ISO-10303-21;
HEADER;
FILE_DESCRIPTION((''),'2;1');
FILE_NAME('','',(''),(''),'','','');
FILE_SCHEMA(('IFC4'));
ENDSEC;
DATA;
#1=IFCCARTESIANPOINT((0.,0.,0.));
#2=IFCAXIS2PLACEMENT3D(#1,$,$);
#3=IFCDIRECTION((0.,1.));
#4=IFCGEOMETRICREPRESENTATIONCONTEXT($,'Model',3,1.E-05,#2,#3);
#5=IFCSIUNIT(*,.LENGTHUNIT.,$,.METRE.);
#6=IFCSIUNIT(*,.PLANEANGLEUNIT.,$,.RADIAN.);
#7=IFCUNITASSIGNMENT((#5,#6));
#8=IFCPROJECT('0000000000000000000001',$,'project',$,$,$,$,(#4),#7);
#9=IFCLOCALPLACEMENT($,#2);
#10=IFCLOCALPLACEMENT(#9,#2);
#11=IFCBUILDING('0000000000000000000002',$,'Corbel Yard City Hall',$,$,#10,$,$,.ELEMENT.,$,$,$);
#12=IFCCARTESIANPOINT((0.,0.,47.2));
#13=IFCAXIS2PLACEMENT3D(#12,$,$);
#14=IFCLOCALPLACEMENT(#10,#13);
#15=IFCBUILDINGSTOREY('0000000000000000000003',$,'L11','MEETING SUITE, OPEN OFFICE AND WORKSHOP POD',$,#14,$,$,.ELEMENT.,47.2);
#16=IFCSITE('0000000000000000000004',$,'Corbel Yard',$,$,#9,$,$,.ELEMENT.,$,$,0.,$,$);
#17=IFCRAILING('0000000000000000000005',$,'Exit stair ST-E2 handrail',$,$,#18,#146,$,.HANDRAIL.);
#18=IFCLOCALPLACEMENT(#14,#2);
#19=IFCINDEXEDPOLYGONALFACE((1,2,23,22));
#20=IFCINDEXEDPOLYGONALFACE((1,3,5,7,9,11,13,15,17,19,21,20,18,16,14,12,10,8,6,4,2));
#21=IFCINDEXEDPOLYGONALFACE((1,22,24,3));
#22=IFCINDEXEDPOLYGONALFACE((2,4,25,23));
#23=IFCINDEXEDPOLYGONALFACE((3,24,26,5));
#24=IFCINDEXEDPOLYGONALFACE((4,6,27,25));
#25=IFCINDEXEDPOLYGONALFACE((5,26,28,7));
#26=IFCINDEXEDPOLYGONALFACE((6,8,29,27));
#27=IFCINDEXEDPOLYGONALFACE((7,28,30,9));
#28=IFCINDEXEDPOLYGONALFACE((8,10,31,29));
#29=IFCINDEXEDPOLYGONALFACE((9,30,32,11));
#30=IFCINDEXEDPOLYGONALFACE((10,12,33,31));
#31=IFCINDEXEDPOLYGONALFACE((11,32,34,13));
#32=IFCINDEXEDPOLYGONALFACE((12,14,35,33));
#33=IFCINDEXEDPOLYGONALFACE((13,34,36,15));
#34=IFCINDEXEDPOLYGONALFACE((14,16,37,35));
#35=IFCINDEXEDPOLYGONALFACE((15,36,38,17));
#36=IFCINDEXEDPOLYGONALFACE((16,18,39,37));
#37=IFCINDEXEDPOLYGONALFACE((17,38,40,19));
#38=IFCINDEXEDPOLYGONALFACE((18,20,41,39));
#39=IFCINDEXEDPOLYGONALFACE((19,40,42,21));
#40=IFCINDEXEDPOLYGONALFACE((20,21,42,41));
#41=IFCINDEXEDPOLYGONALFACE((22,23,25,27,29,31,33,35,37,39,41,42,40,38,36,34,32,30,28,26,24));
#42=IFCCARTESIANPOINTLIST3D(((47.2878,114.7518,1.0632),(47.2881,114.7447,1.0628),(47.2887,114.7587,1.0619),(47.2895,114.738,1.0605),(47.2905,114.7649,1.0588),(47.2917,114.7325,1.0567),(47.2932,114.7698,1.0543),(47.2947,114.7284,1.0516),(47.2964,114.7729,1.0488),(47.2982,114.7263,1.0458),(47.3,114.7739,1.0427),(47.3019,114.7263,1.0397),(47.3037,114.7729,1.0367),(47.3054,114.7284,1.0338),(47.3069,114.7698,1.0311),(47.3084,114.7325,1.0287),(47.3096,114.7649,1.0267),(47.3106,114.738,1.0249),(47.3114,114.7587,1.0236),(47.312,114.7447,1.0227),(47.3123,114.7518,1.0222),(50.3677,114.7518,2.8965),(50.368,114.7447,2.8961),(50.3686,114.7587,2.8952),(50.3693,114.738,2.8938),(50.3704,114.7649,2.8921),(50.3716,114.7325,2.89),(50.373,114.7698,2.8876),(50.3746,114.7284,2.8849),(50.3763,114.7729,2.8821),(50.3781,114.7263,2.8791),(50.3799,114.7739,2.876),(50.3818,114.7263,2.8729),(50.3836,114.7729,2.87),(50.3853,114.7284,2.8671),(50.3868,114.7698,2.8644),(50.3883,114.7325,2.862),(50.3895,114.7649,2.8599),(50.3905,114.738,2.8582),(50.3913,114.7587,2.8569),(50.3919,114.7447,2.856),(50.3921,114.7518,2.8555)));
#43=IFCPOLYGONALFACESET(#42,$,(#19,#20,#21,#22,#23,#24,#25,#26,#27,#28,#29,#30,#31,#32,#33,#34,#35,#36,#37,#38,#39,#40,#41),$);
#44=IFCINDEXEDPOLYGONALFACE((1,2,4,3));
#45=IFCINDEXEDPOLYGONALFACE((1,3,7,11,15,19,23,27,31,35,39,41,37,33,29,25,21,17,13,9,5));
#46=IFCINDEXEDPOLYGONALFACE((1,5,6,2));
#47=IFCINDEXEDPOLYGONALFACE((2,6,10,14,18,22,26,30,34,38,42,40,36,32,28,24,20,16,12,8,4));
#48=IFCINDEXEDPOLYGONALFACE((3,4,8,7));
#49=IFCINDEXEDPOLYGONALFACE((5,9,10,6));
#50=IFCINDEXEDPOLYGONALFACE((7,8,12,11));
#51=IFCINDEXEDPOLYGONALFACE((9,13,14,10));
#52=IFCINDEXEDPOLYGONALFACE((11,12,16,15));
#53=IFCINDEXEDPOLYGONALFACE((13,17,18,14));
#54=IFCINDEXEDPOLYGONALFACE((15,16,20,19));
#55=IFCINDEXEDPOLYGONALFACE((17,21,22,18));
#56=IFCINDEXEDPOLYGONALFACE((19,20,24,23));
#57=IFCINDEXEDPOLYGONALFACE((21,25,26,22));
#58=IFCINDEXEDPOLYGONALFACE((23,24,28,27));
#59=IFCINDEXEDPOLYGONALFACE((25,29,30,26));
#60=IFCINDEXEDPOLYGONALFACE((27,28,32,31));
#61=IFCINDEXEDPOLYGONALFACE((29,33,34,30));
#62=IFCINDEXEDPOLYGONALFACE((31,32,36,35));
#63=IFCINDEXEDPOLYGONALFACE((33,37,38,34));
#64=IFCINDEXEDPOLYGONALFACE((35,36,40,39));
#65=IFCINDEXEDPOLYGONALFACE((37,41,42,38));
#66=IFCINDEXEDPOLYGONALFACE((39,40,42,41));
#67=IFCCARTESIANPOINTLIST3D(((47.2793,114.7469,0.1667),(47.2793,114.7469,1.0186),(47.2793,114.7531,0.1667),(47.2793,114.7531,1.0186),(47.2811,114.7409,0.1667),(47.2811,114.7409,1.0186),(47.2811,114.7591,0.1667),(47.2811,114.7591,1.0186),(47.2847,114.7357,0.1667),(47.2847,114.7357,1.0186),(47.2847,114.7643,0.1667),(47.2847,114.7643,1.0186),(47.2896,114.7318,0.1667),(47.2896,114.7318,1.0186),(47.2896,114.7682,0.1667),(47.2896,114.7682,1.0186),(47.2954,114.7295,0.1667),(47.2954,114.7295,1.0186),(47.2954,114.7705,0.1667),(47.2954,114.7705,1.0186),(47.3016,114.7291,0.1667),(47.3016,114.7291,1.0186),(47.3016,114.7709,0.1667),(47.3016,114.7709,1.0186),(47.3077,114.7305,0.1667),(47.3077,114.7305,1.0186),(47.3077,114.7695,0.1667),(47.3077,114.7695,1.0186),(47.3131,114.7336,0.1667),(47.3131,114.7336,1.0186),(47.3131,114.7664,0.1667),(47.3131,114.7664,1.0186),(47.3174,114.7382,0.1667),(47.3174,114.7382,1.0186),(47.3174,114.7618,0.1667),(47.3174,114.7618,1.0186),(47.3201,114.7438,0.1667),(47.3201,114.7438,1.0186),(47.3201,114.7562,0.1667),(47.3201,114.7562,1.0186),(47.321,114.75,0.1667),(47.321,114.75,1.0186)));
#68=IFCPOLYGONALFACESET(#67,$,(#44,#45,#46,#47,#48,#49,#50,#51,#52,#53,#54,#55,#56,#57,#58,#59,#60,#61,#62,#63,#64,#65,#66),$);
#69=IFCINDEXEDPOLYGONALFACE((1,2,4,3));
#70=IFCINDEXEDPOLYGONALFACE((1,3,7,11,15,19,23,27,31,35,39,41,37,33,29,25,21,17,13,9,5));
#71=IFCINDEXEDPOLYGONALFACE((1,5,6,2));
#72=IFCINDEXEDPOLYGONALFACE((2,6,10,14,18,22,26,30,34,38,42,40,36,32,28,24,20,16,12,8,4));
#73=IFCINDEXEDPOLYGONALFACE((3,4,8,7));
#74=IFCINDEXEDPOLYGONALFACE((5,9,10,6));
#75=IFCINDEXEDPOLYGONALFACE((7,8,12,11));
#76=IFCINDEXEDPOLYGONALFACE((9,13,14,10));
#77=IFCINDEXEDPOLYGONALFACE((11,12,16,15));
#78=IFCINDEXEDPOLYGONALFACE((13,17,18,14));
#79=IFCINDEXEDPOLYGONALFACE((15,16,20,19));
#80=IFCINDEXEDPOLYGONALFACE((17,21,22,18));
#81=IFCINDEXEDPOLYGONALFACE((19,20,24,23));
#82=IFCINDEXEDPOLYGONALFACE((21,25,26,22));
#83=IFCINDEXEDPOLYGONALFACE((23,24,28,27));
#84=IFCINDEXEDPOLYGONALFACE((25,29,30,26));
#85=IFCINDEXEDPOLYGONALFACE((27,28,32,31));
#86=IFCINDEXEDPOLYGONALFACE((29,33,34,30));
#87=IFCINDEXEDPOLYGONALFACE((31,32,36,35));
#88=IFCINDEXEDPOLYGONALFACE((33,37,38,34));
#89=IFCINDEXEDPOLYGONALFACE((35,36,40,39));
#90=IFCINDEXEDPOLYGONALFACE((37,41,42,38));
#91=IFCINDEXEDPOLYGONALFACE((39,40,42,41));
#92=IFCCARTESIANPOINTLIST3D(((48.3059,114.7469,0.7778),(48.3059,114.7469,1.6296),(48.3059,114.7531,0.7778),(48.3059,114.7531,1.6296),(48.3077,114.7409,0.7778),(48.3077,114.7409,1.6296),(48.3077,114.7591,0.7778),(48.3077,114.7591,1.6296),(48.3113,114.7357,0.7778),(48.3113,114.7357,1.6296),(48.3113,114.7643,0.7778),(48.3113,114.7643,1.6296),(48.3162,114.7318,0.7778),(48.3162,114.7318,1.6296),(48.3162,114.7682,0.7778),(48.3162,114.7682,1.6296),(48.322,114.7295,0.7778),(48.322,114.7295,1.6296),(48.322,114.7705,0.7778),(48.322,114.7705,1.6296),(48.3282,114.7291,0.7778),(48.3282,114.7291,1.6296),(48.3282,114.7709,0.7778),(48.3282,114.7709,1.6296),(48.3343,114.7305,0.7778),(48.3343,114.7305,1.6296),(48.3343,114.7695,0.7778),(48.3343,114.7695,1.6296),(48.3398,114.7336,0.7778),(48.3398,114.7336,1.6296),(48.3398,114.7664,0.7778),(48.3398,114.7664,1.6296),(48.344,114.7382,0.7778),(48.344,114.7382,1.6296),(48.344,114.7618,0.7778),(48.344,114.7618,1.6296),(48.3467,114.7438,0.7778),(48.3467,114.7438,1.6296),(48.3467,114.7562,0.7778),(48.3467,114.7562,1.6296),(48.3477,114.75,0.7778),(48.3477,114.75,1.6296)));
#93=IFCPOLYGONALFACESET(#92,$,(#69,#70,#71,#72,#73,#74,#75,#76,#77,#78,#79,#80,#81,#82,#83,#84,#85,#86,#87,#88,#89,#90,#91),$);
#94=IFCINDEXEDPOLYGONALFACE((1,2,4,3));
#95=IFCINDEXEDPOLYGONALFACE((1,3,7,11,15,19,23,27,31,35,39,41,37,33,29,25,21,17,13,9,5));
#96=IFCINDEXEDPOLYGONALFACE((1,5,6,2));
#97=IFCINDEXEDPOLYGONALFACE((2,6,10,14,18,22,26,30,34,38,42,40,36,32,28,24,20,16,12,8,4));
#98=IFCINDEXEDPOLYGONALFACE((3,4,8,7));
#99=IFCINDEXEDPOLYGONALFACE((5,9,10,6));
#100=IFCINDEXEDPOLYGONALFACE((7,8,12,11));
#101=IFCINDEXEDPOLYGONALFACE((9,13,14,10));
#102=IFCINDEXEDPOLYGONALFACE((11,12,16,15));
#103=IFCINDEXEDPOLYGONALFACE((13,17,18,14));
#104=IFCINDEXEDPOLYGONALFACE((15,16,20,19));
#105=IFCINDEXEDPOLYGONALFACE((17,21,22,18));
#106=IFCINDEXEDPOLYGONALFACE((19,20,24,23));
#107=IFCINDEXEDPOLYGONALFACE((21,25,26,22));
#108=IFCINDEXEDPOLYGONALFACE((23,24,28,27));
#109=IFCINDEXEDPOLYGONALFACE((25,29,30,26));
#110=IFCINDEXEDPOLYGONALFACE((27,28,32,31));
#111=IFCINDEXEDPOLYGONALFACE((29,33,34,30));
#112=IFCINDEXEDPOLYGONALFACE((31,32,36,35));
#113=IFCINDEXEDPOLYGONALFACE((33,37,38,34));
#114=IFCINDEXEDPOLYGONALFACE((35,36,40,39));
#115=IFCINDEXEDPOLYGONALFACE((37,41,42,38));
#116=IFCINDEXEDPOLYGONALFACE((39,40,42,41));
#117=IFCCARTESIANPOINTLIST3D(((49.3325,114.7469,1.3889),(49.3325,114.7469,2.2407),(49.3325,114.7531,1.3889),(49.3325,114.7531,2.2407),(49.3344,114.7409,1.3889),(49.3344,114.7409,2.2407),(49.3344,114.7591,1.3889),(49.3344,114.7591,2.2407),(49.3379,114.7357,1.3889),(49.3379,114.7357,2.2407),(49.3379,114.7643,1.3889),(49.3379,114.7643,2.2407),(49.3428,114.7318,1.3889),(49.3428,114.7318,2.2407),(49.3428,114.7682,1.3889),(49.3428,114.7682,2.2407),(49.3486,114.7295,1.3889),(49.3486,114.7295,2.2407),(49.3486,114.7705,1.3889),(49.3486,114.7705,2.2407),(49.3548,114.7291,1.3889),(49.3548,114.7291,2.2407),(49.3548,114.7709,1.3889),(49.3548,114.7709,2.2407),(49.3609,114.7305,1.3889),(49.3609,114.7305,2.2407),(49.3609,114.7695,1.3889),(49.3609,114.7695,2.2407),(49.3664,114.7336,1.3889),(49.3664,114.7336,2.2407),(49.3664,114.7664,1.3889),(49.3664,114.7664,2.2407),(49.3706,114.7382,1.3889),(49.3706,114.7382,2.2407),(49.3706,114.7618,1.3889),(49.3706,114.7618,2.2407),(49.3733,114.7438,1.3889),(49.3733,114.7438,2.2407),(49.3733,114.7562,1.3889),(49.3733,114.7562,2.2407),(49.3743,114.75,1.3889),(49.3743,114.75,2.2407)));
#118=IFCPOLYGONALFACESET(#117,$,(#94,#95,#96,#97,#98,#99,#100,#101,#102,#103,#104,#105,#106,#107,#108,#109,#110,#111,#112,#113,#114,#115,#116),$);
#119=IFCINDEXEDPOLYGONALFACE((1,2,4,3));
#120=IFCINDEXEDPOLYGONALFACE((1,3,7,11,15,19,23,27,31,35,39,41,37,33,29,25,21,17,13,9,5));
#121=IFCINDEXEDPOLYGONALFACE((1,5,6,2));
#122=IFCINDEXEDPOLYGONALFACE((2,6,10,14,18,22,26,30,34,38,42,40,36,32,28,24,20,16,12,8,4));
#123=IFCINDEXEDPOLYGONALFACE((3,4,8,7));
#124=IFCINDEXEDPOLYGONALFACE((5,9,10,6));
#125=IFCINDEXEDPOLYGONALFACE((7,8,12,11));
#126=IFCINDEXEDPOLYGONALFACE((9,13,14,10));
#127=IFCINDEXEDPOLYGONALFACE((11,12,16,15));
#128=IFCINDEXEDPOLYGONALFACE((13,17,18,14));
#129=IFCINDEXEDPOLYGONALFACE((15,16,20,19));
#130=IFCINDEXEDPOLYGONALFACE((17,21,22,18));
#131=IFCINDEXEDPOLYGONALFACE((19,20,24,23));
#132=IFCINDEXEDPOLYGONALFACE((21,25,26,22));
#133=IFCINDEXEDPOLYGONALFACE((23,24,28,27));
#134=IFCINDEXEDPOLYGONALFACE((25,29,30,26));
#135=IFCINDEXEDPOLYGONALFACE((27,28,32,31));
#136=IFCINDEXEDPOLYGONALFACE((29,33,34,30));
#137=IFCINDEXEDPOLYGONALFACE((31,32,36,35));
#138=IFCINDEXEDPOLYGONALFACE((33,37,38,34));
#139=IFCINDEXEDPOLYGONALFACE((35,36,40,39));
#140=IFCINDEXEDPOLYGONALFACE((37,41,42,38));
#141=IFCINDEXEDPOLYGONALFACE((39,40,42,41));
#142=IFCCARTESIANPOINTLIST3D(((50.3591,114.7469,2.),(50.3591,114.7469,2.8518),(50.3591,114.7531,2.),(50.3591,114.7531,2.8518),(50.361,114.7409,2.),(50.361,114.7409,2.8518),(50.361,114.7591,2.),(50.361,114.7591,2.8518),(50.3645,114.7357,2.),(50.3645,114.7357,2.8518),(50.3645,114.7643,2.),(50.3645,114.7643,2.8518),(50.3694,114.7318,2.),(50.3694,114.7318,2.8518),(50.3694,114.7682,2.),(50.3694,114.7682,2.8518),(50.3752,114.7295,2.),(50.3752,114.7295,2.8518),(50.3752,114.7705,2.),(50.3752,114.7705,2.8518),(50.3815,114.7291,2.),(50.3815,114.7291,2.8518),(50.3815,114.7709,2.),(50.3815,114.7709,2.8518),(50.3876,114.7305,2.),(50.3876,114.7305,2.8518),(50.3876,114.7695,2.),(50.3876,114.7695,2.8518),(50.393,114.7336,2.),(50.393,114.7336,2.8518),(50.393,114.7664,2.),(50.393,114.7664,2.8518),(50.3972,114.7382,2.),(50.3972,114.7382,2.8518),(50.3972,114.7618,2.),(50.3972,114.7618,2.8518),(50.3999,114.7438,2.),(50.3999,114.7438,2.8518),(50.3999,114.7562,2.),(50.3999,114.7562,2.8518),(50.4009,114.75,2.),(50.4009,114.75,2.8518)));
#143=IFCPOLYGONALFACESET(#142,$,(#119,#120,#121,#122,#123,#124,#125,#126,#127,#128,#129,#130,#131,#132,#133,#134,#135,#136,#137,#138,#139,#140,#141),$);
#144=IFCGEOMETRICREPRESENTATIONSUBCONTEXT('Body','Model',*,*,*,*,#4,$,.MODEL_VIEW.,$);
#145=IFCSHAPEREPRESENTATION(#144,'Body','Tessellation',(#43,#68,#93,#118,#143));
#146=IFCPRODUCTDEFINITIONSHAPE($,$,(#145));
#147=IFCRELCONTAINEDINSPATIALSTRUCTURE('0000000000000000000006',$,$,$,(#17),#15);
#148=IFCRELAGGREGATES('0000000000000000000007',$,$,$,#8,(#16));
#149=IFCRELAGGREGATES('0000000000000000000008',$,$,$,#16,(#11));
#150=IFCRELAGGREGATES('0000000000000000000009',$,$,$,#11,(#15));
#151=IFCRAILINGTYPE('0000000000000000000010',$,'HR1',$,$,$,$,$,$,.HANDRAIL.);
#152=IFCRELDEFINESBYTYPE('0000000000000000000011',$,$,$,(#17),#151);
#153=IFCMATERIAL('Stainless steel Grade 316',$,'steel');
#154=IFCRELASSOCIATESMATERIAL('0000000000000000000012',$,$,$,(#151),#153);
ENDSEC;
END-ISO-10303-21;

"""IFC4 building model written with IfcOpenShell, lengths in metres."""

from ifc_helpers import new_model, si_unit, direction, frame, origin, origin_2d, place, context, subcontext, project, spatial, circle, extrude, material, type_object, element, save


model = new_model("IFC4")

# Units and contexts
model_context = context("Model", 3, precision=1e-05, world=origin(), true_north=direction((0.0, 1.0)))
body_context = subcontext(model_context, "Body", "Model", "MODEL_VIEW")
ifc_project = project(units=[si_unit("LENGTHUNIT", "METRE"), si_unit("PLANEANGLEUNIT", "RADIAN")], contexts=[model_context])

# Site, building, storey
site_placement = place(None, origin())
site = spatial("IfcSite", under=ifc_project, at=site_placement, Name="Corbel Yard", CompositionType="ELEMENT", RefElevation=0.0)
building_placement = place(site_placement, origin())
building = spatial("IfcBuilding", under=site, at=building_placement, Name="Corbel Yard City Hall", CompositionType="ELEMENT")
storey_placement = place(building_placement, frame((0.0, 0.0, 47.2)))
storey = spatial("IfcBuildingStorey", under=building, at=storey_placement, Name="L11", Description="MEETING SUITE, OPEN OFFICE AND WORKSHOP POD", CompositionType="ELEMENT", Elevation=47.2)

# Railing
ifc_material_1 = material(Name="Stainless steel Grade 316", Category="steel")
railing_type = type_object("IfcRailingType", Name="HR1", PredefinedType="HANDRAIL", material=ifc_material_1)
for number, where, name in (
    (1, (47.3, 114.75, 0.1667), "Exit stair ST-E2 handrail"),
):
    element("IfcRailing", number, at=place(storey_placement, frame(where)), inside=storey, type_object=railing_type, Name=name, PredefinedType="HANDRAIL", context=body_context, shape_type="SweptSolid", body=[
        extrude(circle(Radius=0.0239, at=origin_2d()), frame((0.0, 0.0, 0.876), z_axis=(0.859291, 0.0, 0.511487), x_axis=(0.0, 1.0, 0.0)), (0.0, 0.0, 1.0), 3.5842),
        extrude(circle(Radius=0.021, at=origin_2d()), origin(), (0.0, 0.0, 1.0), 0.8518),
        extrude(circle(Radius=0.021, at=origin_2d()), frame((1.0266, 0.0, 0.6111)), (0.0, 0.0, 1.0), 0.8518),
        extrude(circle(Radius=0.021, at=origin_2d()), frame((2.0532, 0.0, 1.2222)), (0.0, 0.0, 1.0), 0.8518),
        extrude(circle(Radius=0.021, at=origin_2d()), frame((3.0798, 0.0, 1.8333)), (0.0, 0.0, 1.0), 0.8518),
    ])

save(model, "model.ifc")
